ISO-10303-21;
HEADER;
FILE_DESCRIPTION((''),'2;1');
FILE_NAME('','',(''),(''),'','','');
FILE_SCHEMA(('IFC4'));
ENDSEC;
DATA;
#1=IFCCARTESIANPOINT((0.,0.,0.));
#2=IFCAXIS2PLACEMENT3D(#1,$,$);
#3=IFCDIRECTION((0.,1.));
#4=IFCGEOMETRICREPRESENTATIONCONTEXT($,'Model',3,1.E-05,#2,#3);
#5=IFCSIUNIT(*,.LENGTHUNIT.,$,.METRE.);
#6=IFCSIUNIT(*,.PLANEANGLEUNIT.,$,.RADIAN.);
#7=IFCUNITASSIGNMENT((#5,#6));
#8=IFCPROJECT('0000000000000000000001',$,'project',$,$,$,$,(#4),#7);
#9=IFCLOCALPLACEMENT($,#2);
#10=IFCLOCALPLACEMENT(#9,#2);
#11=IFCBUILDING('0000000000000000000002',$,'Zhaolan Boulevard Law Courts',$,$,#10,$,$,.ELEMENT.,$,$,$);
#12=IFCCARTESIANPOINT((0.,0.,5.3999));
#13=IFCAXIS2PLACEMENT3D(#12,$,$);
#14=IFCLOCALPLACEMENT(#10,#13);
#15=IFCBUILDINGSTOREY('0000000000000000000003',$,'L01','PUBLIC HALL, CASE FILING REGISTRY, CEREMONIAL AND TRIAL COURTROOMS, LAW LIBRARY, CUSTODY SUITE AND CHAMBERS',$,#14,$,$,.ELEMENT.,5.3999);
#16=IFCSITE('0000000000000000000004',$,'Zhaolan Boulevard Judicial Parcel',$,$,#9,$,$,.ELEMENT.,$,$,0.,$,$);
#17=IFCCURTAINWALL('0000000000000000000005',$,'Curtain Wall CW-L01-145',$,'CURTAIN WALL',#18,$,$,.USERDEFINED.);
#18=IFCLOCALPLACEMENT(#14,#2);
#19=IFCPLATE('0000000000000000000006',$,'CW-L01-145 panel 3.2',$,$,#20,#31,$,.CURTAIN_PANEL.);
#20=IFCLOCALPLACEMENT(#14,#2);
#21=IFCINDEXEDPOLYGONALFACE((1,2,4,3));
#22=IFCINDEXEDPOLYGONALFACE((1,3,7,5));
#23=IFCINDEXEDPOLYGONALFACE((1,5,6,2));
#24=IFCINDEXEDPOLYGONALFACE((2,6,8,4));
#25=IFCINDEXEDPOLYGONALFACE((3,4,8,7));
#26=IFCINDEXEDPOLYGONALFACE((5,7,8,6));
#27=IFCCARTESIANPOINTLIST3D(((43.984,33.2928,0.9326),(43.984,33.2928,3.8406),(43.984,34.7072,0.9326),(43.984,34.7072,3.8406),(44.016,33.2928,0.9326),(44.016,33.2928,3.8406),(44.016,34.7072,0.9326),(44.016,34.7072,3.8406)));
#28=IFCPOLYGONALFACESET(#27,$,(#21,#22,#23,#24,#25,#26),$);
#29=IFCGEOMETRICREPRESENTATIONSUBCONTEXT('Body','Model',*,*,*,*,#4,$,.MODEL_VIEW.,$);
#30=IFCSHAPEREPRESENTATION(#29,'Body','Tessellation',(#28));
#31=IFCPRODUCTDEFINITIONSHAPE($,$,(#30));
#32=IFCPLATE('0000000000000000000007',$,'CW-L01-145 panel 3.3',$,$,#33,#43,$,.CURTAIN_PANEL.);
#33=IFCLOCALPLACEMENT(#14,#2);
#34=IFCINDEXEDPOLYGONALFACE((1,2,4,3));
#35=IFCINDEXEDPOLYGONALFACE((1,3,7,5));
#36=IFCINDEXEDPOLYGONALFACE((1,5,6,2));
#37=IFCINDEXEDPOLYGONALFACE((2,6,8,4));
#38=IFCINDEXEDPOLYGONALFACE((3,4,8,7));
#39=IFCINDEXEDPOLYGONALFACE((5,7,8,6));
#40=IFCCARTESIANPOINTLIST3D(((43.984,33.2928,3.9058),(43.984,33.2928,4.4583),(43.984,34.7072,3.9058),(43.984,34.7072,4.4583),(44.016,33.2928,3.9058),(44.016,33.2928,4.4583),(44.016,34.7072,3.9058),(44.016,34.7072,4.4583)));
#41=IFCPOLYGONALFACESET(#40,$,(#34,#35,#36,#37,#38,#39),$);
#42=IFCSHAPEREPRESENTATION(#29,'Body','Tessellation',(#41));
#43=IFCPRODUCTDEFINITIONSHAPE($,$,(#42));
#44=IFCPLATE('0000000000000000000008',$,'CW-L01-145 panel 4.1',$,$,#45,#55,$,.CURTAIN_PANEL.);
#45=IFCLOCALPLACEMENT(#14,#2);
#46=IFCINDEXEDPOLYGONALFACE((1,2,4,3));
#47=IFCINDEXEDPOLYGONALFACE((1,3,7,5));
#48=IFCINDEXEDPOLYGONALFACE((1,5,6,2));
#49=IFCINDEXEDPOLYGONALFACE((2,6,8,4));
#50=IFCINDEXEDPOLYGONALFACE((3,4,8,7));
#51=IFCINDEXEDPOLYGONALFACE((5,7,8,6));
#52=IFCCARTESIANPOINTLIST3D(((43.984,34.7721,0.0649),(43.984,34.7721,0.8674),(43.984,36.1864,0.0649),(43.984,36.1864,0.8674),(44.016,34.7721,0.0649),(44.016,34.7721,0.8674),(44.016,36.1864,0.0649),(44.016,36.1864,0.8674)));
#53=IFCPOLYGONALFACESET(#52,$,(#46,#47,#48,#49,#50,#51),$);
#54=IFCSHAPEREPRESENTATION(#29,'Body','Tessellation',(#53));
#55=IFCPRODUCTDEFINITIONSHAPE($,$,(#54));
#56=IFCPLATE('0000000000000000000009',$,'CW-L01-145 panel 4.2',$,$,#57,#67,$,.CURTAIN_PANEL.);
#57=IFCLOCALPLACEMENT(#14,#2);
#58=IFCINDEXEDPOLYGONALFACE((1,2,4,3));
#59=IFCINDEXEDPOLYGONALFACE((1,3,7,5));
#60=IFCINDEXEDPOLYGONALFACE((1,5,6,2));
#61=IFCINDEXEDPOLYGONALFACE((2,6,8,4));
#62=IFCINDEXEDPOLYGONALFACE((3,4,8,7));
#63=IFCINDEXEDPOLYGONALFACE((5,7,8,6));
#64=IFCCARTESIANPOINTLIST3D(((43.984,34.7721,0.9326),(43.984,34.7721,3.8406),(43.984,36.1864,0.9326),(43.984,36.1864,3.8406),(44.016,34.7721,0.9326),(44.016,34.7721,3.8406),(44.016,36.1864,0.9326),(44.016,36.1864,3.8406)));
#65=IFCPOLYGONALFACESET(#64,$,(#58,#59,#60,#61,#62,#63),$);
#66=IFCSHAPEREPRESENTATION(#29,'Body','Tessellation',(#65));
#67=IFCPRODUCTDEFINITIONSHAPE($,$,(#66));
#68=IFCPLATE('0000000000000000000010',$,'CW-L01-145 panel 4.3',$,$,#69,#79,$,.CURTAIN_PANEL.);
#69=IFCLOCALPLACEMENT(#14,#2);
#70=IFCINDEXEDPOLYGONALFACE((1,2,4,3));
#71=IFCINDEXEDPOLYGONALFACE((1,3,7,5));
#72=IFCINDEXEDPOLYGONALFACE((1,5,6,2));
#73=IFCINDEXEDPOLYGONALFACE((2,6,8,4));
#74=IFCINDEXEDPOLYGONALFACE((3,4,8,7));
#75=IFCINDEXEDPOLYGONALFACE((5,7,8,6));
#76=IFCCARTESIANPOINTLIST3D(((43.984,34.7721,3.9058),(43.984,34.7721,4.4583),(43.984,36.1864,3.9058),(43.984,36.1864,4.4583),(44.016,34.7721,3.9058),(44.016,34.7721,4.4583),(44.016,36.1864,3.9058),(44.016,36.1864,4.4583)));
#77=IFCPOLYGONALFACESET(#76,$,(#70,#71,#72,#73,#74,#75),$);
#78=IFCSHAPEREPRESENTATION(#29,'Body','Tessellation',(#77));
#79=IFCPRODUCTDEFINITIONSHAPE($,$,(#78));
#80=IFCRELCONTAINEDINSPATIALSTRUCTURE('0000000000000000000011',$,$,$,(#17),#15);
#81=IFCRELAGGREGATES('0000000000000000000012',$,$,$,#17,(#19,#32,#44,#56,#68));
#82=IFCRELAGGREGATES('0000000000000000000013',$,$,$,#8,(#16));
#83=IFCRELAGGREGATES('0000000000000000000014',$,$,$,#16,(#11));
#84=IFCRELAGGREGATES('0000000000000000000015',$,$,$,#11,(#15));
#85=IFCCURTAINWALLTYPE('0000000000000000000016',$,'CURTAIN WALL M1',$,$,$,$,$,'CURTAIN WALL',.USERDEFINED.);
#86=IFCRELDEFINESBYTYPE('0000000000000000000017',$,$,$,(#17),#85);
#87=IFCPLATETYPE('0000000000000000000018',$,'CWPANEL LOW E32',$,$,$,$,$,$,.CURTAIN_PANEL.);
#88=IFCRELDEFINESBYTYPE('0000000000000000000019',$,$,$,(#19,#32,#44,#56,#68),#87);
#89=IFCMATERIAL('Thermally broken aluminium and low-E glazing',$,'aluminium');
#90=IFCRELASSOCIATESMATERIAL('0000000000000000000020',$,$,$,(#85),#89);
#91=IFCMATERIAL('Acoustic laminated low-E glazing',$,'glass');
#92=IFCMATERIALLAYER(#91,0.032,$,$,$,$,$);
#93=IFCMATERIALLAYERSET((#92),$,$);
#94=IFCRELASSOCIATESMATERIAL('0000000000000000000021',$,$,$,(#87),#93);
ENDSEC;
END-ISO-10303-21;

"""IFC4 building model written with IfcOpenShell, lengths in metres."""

from ifc_helpers import new_model, si_unit, direction, frame, origin, origin_2d, place, context, subcontext, project, spatial, rectangle, extrude, material, layer, layer_set, type_object, element, aggregate, save


model = new_model("IFC4")

# Units and contexts
model_context = context("Model", 3, precision=1e-05, world=origin(), true_north=direction((0.0, 1.0)))
body_context = subcontext(model_context, "Body", "Model", "MODEL_VIEW")
ifc_project = project(units=[si_unit("LENGTHUNIT", "METRE"), si_unit("PLANEANGLEUNIT", "RADIAN")], contexts=[model_context])

# Site, building, storey
site_placement = place(None, origin())
site = spatial("IfcSite", under=ifc_project, at=site_placement, Name="Zhaolan Boulevard Judicial Parcel", CompositionType="ELEMENT", RefElevation=0.0)
building_placement = place(site_placement, origin())
building = spatial("IfcBuilding", under=site, at=building_placement, Name="Zhaolan Boulevard Law Courts", CompositionType="ELEMENT")
storey_placement = place(building_placement, frame((0.0, 0.0, 5.3999)))
storey = spatial("IfcBuildingStorey", under=building, at=storey_placement, Name="L01", Description="PUBLIC HALL, CASE FILING REGISTRY, CEREMONIAL AND TRIAL COURTROOMS, LAW LIBRARY, CUSTODY SUITE AND CHAMBERS", CompositionType="ELEMENT", Elevation=5.3999)

# Curtain wall
ifc_material_1 = material(Name="Thermally broken aluminium and low-E glazing", Category="aluminium")
curtain_wall_type = type_object("IfcCurtainWallType", Name="CURTAIN WALL M1", ElementType="CURTAIN WALL", PredefinedType="USERDEFINED", material=ifc_material_1)
curtain_wall_placement = place(storey_placement, origin())
curtain_wall = element("IfcCurtainWall", 1, at=curtain_wall_placement, inside=storey, type_object=curtain_wall_type, Name="Curtain Wall CW-L01-145", ObjectType="CURTAIN WALL", PredefinedType="USERDEFINED")

# Plates
ifc_material_2 = material(Name="Acoustic laminated low-E glazing", Category="glass")
ifc_layer = layer(ifc_material_2, 0.032)
ifc_layer_set = layer_set([ifc_layer])
plate_type = type_object("IfcPlateType", Name="CWPANEL LOW E32", PredefinedType="CURTAIN_PANEL", material=ifc_layer_set)
plate_1_placement = place(storey_placement, frame((44.0, 34.0, 0.9326), z_axis=(0.0, 0.0, 1.0), x_axis=(0.0, 1.0, 0.0)))
plate_1 = element("IfcPlate", 2, at=plate_1_placement, type_object=plate_type, Name="CW-L01-145 panel 3.2", PredefinedType="CURTAIN_PANEL", context=body_context, shape_type="SweptSolid", body=[
    extrude(rectangle(XDim=1.4143, YDim=0.032, at=origin_2d()), origin(), (0.0, 0.0, 1.0), 2.908),
])
plate_2_placement = place(storey_placement, frame((44.0, 34.0, 3.9058), z_axis=(0.0, 0.0, 1.0), x_axis=(0.0, 1.0, 0.0)))
plate_2 = element("IfcPlate", 3, at=plate_2_placement, type_object=plate_type, Name="CW-L01-145 panel 3.3", PredefinedType="CURTAIN_PANEL", context=body_context, shape_type="SweptSolid", body=[
    extrude(rectangle(XDim=1.4143, YDim=0.032, at=origin_2d()), origin(), (0.0, 0.0, 1.0), 0.5525),
])
plate_3_placement = place(storey_placement, frame((44.0, 35.4792, 0.0649), z_axis=(0.0, 0.0, 1.0), x_axis=(0.0, 1.0, 0.0)))
plate_3 = element("IfcPlate", 4, at=plate_3_placement, type_object=plate_type, Name="CW-L01-145 panel 4.1", PredefinedType="CURTAIN_PANEL", context=body_context, shape_type="SweptSolid", body=[
    extrude(rectangle(XDim=1.4143, YDim=0.032, at=origin_2d()), origin(), (0.0, 0.0, 1.0), 0.8025),
])
plate_4_placement = place(storey_placement, frame((44.0, 35.4792, 0.9326), z_axis=(0.0, 0.0, 1.0), x_axis=(0.0, 1.0, 0.0)))
plate_4 = element("IfcPlate", 5, at=plate_4_placement, type_object=plate_type, Name="CW-L01-145 panel 4.2", PredefinedType="CURTAIN_PANEL", context=body_context, shape_type="SweptSolid", body=[
    extrude(rectangle(XDim=1.4143, YDim=0.032, at=origin_2d()), origin(), (0.0, 0.0, 1.0), 2.908),
])
plate_5_placement = place(storey_placement, frame((44.0, 35.4792, 3.9058), z_axis=(0.0, 0.0, 1.0), x_axis=(0.0, 1.0, 0.0)))
plate_5 = element("IfcPlate", 6, at=plate_5_placement, type_object=plate_type, Name="CW-L01-145 panel 4.3", PredefinedType="CURTAIN_PANEL", context=body_context, shape_type="SweptSolid", body=[
    extrude(rectangle(XDim=1.4143, YDim=0.032, at=origin_2d()), origin(), (0.0, 0.0, 1.0), 0.5525),
])
aggregate(curtain_wall, [plate_1, plate_2, plate_3, plate_4, plate_5])

save(model, "model.ifc")
